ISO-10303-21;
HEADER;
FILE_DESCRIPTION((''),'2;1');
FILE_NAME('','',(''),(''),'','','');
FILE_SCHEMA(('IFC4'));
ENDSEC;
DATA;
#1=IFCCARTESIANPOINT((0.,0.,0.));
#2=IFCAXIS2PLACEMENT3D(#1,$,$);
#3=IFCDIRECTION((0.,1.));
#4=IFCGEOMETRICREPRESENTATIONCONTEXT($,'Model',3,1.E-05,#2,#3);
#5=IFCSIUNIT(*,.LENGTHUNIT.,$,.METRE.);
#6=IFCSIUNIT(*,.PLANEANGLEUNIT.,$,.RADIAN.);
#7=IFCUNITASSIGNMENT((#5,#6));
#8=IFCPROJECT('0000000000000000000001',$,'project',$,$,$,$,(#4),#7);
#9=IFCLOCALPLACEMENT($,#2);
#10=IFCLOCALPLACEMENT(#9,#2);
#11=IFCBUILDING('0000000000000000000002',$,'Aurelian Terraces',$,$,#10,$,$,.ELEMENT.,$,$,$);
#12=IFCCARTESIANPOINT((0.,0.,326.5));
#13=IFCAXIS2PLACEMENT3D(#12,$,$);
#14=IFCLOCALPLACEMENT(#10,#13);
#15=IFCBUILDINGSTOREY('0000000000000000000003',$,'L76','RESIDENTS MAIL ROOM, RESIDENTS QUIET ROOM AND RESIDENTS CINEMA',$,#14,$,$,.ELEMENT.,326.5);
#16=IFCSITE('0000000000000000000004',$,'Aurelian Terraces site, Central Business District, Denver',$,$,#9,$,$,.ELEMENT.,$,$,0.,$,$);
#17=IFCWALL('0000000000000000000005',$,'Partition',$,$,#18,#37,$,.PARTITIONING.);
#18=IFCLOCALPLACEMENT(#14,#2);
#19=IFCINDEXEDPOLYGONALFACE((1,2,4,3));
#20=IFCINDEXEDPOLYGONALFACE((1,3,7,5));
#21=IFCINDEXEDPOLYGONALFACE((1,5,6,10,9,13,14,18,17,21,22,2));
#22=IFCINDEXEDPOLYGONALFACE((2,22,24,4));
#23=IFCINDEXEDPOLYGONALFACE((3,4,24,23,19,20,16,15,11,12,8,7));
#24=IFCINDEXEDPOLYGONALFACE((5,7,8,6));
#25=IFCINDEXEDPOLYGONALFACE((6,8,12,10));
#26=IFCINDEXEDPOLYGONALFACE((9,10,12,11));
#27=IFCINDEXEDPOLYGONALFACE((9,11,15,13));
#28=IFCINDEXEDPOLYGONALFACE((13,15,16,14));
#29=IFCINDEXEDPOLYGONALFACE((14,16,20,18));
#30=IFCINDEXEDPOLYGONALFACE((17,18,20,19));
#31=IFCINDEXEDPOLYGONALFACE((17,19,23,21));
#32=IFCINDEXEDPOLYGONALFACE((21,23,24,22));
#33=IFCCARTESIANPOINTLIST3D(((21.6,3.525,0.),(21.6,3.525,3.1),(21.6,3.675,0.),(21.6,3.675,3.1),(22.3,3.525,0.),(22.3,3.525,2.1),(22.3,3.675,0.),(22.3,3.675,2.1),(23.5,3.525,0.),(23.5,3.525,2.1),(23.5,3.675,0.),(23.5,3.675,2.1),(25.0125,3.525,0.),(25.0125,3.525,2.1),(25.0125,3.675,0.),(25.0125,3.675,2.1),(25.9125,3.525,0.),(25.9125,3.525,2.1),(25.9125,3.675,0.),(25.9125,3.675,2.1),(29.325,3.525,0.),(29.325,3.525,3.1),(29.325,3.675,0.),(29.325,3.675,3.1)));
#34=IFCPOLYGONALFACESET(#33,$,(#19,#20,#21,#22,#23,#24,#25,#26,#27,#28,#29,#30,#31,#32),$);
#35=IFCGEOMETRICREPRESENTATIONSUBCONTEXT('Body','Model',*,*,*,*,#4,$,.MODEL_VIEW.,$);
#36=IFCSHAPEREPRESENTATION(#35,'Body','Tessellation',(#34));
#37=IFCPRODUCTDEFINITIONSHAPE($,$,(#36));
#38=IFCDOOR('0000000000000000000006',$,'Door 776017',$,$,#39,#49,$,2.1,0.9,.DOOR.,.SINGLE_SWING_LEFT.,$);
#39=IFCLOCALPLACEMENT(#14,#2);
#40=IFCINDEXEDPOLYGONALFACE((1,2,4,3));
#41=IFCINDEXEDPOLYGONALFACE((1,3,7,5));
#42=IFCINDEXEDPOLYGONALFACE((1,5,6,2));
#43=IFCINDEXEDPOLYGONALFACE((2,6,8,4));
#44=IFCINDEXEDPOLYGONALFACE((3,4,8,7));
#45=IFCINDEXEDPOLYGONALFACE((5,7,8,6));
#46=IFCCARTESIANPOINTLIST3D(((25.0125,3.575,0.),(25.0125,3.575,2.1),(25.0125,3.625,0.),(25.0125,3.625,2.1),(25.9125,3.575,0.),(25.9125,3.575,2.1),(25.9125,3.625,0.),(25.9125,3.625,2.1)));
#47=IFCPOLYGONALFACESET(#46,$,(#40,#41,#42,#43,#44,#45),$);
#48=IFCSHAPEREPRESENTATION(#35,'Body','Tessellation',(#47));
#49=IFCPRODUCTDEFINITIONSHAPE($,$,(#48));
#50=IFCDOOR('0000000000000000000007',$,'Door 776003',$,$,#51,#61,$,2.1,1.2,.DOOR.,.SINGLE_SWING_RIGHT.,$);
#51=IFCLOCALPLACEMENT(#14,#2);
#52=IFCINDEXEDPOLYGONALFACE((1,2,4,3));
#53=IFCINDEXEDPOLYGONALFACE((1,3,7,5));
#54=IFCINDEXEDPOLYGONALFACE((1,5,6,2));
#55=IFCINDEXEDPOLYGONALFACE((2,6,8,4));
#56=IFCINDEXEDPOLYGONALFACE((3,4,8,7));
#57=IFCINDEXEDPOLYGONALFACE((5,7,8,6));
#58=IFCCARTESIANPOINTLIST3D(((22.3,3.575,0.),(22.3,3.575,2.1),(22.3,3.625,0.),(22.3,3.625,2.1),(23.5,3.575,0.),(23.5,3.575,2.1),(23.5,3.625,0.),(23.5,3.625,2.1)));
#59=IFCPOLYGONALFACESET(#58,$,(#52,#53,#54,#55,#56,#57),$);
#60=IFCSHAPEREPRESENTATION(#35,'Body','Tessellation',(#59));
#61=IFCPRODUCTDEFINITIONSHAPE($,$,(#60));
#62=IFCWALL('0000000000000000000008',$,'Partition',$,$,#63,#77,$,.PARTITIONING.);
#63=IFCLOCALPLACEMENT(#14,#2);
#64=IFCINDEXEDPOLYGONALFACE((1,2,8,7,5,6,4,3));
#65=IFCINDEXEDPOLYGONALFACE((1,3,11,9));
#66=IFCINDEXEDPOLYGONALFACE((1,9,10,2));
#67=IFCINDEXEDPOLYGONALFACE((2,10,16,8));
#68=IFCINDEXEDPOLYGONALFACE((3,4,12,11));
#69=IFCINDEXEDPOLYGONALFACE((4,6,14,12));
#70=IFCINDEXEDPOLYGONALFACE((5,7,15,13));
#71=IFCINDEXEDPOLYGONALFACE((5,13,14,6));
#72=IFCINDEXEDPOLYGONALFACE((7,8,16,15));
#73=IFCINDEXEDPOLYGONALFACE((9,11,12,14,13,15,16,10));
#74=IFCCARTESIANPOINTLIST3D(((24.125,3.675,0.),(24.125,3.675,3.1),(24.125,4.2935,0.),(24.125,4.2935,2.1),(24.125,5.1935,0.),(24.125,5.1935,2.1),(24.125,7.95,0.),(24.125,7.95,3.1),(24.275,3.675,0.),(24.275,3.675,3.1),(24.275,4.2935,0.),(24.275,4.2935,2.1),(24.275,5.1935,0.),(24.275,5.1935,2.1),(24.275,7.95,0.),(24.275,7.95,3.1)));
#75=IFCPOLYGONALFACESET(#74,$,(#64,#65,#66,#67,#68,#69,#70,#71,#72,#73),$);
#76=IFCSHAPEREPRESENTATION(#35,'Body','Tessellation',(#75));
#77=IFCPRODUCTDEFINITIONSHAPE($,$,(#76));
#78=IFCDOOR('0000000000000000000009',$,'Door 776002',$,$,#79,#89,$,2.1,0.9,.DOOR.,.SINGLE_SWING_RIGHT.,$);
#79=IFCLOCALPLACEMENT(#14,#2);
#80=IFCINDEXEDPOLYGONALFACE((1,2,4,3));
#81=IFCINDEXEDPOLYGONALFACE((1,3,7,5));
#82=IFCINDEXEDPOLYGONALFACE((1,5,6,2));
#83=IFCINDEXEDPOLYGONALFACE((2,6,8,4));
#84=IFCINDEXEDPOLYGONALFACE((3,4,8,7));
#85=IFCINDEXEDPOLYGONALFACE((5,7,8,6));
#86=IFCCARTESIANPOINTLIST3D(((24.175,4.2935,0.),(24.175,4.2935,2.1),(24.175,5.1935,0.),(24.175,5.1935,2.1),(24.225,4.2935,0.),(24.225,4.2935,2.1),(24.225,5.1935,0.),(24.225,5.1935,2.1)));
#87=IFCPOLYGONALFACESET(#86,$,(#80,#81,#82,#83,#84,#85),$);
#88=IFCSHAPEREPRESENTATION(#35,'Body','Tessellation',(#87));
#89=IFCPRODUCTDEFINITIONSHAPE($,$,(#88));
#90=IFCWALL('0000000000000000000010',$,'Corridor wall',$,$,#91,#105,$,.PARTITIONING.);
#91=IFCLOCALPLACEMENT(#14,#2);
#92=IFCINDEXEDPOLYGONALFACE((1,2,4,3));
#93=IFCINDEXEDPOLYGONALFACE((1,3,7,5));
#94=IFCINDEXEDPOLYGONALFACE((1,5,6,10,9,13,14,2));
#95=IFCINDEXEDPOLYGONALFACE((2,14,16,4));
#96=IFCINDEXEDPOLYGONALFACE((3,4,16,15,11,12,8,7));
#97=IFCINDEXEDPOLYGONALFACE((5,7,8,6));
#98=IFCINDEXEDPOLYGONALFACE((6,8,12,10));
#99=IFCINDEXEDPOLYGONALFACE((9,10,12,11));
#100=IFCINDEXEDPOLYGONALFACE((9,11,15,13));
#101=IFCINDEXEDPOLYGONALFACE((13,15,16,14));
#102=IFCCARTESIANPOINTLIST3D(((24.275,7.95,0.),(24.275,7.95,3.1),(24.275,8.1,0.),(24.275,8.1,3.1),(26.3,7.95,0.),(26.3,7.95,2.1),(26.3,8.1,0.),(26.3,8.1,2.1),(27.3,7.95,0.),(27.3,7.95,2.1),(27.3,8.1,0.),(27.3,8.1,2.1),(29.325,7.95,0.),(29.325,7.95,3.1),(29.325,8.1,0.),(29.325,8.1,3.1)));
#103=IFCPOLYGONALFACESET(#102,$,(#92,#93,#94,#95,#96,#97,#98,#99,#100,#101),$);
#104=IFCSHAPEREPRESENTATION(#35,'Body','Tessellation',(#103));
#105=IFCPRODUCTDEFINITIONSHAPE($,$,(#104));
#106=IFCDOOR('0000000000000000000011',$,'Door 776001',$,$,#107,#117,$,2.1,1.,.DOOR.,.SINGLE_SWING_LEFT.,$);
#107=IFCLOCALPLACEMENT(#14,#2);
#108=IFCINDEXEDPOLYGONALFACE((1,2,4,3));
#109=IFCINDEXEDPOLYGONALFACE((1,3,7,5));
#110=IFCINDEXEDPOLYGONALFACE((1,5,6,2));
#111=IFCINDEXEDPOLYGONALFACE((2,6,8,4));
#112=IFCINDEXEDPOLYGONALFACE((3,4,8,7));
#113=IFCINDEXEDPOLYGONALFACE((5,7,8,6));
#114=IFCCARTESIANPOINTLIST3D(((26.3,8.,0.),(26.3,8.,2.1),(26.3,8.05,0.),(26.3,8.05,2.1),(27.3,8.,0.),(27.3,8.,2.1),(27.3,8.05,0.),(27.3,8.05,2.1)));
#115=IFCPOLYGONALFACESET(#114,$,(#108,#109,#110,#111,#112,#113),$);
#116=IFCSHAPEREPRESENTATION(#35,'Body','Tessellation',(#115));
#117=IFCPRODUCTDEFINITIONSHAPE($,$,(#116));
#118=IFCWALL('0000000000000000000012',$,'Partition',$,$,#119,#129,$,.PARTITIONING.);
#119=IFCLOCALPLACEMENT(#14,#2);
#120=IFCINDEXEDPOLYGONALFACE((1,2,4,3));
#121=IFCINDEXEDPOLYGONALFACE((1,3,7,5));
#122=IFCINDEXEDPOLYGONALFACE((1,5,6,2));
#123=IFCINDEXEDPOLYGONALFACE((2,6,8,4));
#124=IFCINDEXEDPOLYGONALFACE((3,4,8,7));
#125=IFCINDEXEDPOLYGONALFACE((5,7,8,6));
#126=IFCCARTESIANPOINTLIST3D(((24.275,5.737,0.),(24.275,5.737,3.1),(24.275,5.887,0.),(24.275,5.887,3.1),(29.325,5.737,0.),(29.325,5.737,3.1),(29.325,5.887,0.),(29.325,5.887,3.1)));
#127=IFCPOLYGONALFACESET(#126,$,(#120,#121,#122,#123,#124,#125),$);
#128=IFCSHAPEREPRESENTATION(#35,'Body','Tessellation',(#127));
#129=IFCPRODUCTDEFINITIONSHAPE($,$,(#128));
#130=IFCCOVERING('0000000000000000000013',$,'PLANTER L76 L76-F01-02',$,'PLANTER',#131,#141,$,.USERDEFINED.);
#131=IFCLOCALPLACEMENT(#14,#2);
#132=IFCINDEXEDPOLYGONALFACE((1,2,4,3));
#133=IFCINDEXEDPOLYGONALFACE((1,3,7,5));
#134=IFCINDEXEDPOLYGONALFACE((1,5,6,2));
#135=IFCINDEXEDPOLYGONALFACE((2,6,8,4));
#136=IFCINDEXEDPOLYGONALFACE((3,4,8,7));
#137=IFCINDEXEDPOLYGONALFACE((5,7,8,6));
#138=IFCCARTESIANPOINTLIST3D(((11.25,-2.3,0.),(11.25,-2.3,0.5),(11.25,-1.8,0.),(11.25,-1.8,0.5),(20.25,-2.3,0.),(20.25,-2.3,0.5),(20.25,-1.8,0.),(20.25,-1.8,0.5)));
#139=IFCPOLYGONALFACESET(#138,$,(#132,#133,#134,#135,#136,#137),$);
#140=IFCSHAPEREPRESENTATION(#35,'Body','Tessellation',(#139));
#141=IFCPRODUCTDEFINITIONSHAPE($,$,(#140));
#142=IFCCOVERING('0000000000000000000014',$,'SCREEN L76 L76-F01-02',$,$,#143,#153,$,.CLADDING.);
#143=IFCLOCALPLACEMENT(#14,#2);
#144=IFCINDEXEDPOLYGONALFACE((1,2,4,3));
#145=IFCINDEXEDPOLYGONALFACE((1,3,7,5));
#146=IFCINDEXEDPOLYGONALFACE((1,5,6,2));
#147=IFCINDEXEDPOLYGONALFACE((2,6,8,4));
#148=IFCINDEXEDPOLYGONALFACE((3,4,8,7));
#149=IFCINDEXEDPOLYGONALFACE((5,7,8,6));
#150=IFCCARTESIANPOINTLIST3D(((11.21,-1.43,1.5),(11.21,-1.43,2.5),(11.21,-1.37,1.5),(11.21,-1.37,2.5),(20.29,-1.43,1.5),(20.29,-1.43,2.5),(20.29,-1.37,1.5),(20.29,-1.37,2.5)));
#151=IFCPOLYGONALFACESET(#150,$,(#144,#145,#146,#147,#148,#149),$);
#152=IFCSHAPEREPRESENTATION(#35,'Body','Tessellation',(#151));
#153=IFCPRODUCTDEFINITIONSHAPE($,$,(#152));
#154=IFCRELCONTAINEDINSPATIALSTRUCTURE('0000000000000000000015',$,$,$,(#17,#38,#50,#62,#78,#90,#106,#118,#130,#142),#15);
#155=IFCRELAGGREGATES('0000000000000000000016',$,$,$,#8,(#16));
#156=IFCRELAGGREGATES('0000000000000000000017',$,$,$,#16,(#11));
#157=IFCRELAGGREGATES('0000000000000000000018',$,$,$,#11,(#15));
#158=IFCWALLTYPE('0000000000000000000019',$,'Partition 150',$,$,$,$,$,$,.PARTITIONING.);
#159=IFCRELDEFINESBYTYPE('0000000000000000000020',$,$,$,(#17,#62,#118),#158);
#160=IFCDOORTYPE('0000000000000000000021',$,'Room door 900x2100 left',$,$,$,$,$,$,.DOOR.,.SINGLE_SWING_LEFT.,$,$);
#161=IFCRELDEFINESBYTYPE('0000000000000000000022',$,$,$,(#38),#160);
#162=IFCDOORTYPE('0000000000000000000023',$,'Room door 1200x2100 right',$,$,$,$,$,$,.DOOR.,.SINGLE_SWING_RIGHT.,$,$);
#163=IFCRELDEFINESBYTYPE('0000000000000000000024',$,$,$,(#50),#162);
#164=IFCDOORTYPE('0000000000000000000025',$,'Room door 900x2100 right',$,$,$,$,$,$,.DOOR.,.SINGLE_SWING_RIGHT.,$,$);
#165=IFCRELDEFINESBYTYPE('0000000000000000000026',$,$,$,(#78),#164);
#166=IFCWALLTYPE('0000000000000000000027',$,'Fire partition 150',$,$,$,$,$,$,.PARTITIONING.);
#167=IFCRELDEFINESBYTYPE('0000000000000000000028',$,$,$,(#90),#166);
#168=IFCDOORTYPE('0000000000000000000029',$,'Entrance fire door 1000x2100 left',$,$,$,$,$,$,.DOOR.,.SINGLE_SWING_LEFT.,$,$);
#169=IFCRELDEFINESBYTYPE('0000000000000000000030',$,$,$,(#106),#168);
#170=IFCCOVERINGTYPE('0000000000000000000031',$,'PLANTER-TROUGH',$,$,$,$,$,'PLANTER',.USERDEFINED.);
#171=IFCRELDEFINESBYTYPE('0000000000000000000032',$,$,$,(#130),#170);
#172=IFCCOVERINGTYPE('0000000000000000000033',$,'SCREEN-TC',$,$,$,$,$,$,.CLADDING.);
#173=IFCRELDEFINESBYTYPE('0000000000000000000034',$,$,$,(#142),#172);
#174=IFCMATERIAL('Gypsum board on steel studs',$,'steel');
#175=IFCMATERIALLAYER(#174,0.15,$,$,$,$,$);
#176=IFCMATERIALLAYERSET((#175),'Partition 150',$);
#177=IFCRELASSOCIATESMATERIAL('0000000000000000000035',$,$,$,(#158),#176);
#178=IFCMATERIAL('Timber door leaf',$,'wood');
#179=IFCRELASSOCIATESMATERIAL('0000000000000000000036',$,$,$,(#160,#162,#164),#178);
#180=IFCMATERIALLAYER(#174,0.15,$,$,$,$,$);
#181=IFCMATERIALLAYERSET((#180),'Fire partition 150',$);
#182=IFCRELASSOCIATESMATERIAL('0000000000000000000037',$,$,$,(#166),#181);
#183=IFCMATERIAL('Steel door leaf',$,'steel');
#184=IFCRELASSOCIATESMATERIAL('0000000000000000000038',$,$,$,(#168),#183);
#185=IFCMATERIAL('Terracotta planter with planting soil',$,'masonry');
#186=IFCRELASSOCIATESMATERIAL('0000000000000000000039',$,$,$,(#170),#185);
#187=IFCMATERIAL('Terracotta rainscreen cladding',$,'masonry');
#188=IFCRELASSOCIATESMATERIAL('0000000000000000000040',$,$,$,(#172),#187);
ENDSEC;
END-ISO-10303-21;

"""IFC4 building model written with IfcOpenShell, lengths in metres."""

from ifc_helpers import new_model, si_unit, direction, frame, frame_2d, origin, origin_2d, place, context, subcontext, project, spatial, rectangle, extrude, source, transform, mapped, material, layer, layer_set, type_object, element, fill, save


model = new_model("IFC4")

# Units and contexts
model_context = context("Model", 3, precision=1e-05, world=origin(), true_north=direction((0.0, 1.0)))
body_context = subcontext(model_context, "Body", "Model", "MODEL_VIEW")
ifc_project = project(units=[si_unit("LENGTHUNIT", "METRE"), si_unit("PLANEANGLEUNIT", "RADIAN")], contexts=[model_context])

# Site, building, storey
site_placement = place(None, origin())
site = spatial("IfcSite", under=ifc_project, at=site_placement, Name="Aurelian Terraces site, Central Business District, Denver", CompositionType="ELEMENT", RefElevation=0.0)
building_placement = place(site_placement, origin())
building = spatial("IfcBuilding", under=site, at=building_placement, Name="Aurelian Terraces", CompositionType="ELEMENT")
storey_placement = place(building_placement, frame((0.0, 0.0, 326.5)))
storey = spatial("IfcBuildingStorey", under=building, at=storey_placement, Name="L76", Description="RESIDENTS MAIL ROOM, RESIDENTS QUIET ROOM AND RESIDENTS CINEMA", CompositionType="ELEMENT", Elevation=326.5)

# Shared definitions
ifc_material_1 = material(Name="Terracotta rainscreen cladding", Category="masonry")

# Shared definitions
ifc_material_2 = material(Name="Steel door leaf", Category="steel")

# Shared definitions
ifc_material_3 = material(Name="Gypsum board on steel studs", Category="steel")

# Wall, openings, doors
ifc_layer_1 = layer(ifc_material_3, 0.15)
ifc_layer_set_1 = layer_set([ifc_layer_1], Name="Partition 150")
wall_type_1 = type_object("IfcWallType", Name="Partition 150", PredefinedType="PARTITIONING", material=ifc_layer_set_1)
shared_shape_1 = source(origin(), body_context, "Body", "SweptSolid", [
    extrude(rectangle(XDim=7.725, YDim=0.15, at=frame_2d((3.8625, 0.0))), origin(), (0.0, 0.0, 1.0), 3.1),
])
wall_1_placement = place(storey_placement, frame((21.6, 3.6, 0.0), z_axis=(0.0, 0.0, 1.0), x_axis=(1.0, 0.0, 0.0)))
wall_1 = element("IfcWall", 1, at=wall_1_placement, inside=storey, type_object=wall_type_1, Name="Partition", PredefinedType="PARTITIONING", context=body_context, shape_type="MappedRepresentation", body=[
    mapped(shared_shape_1, transform((0.0, 0.0, 0.0), scale=1.0)),
])
shared_shape_2 = source(origin(), body_context, "Body", "SweptSolid", [
    extrude(rectangle(XDim=1.2, YDim=2.1, at=frame_2d((0.6, 1.05))), frame((0.0, 0.085, 0.0), z_axis=(0.0, -1.0, 0.0), x_axis=(1.0, 0.0, 0.0)), (0.0, 0.0, 1.0), 0.17),
])
opening_1_placement = place(wall_1_placement, frame((0.7, 0.0, 0.0)))
opening_1 = element("IfcOpeningElement", 2, at=opening_1_placement, cuts=wall_1, PredefinedType="OPENING", context=body_context, shape_type="MappedRepresentation", body=[
    mapped(shared_shape_2, transform((0.0, 0.0, 0.0), scale=1.0)),
])
shared_shape_3 = source(origin(), body_context, "Body", "SweptSolid", [
    extrude(rectangle(XDim=0.9, YDim=2.1, at=frame_2d((0.45, 1.05))), frame((0.0, 0.085, 0.0), z_axis=(0.0, -1.0, 0.0), x_axis=(1.0, 0.0, 0.0)), (0.0, 0.0, 1.0), 0.17),
])
opening_2_placement = place(wall_1_placement, frame((3.4125, 0.0, 0.0)))
opening_2 = element("IfcOpeningElement", 3, at=opening_2_placement, cuts=wall_1, PredefinedType="OPENING", context=body_context, shape_type="MappedRepresentation", body=[
    mapped(shared_shape_3, transform((0.0, 0.0, 0.0), scale=1.0)),
])
ifc_material_4 = material(Name="Timber door leaf", Category="wood")
door_type_1 = type_object("IfcDoorType", Name="Room door 900x2100 left", OperationType="SINGLE_SWING_LEFT", PredefinedType="DOOR", material=ifc_material_4)
shared_shape_4 = source(origin(), body_context, "Body", "SweptSolid", [
    extrude(rectangle(XDim=0.9, YDim=2.1, at=frame_2d((0.45, 1.05))), frame((0.0, 0.025, 0.0), z_axis=(0.0, -1.0, 0.0), x_axis=(1.0, 0.0, 0.0)), (0.0, 0.0, 1.0), 0.05),
])
door_1_placement = place(opening_2_placement, origin())
door_1 = element("IfcDoor", 4, at=door_1_placement, inside=storey, type_object=door_type_1, Name="Door 776017", OperationType="SINGLE_SWING_LEFT", OverallHeight=2.1, OverallWidth=0.9, PredefinedType="DOOR", context=body_context, shape_type="MappedRepresentation", body=[
    mapped(shared_shape_4, transform((0.0, 0.0, 0.0), scale=1.0)),
])
fill(opening_2, door_1)
door_type_2 = type_object("IfcDoorType", Name="Room door 1200x2100 right", OperationType="SINGLE_SWING_RIGHT", PredefinedType="DOOR", material=ifc_material_4)
shared_shape_5 = source(origin(), body_context, "Body", "SweptSolid", [
    extrude(rectangle(XDim=1.2, YDim=2.1, at=frame_2d((0.6, 1.05))), frame((0.0, 0.025, 0.0), z_axis=(0.0, -1.0, 0.0), x_axis=(1.0, 0.0, 0.0)), (0.0, 0.0, 1.0), 0.05),
])
door_2_placement = place(opening_1_placement, origin())
door_2 = element("IfcDoor", 5, at=door_2_placement, inside=storey, type_object=door_type_2, Name="Door 776003", OperationType="SINGLE_SWING_RIGHT", OverallHeight=2.1, OverallWidth=1.2, PredefinedType="DOOR", context=body_context, shape_type="MappedRepresentation", body=[
    mapped(shared_shape_5, transform((0.0, 0.0, 0.0), scale=1.0)),
])
fill(opening_1, door_2)

# Walls, openings, doors
shared_shape_6 = source(origin(), body_context, "Body", "SweptSolid", [
    extrude(rectangle(XDim=4.275, YDim=0.15, at=frame_2d((2.1375, 0.0))), origin(), (0.0, 0.0, 1.0), 3.1),
])
wall_2_placement = place(storey_placement, frame((24.2, 7.95, 0.0), z_axis=(0.0, 0.0, 1.0), x_axis=(0.0, -1.0, 0.0)))
wall_2 = element("IfcWall", 6, at=wall_2_placement, inside=storey, type_object=wall_type_1, Name="Partition", PredefinedType="PARTITIONING", context=body_context, shape_type="MappedRepresentation", body=[
    mapped(shared_shape_6, transform((0.0, 0.0, 0.0), scale=1.0)),
])
opening_3_placement = place(wall_2_placement, frame((2.7565, 0.0, 0.0)))
opening_3 = element("IfcOpeningElement", 7, at=opening_3_placement, cuts=wall_2, PredefinedType="OPENING", context=body_context, shape_type="MappedRepresentation", body=[
    mapped(shared_shape_3, transform((0.0, 0.0, 0.0), scale=1.0)),
])
door_type_3 = type_object("IfcDoorType", Name="Room door 900x2100 right", OperationType="SINGLE_SWING_RIGHT", PredefinedType="DOOR", material=ifc_material_4)
door_3_placement = place(opening_3_placement, origin())
door_3 = element("IfcDoor", 8, at=door_3_placement, inside=storey, type_object=door_type_3, Name="Door 776002", OperationType="SINGLE_SWING_RIGHT", OverallHeight=2.1, OverallWidth=0.9, PredefinedType="DOOR", context=body_context, shape_type="MappedRepresentation", body=[
    mapped(shared_shape_4, transform((0.0, 0.0, 0.0), scale=1.0)),
])
fill(opening_3, door_3)
ifc_layer_2 = layer(ifc_material_3, 0.15)
ifc_layer_set_2 = layer_set([ifc_layer_2], Name="Fire partition 150")
wall_type_2 = type_object("IfcWallType", Name="Fire partition 150", PredefinedType="PARTITIONING", material=ifc_layer_set_2)
shared_shape_7 = source(origin(), body_context, "Body", "SweptSolid", [
    extrude(rectangle(XDim=5.05, YDim=0.15, at=frame_2d((2.525, 0.0))), origin(), (0.0, 0.0, 1.0), 3.1),
])
wall_3_placement = place(storey_placement, frame((29.325, 8.025, 0.0), z_axis=(0.0, 0.0, 1.0), x_axis=(-1.0, 0.0, 0.0)))
wall_3 = element("IfcWall", 9, at=wall_3_placement, inside=storey, type_object=wall_type_2, Name="Corridor wall", PredefinedType="PARTITIONING", context=body_context, shape_type="MappedRepresentation", body=[
    mapped(shared_shape_7, transform((0.0, 0.0, 0.0), scale=1.0)),
])
shared_shape_8 = source(origin(), body_context, "Body", "SweptSolid", [
    extrude(rectangle(XDim=1.0, YDim=2.1, at=frame_2d((0.5, 1.05))), frame((0.0, 0.085, 0.0), z_axis=(0.0, -1.0, 0.0), x_axis=(1.0, 0.0, 0.0)), (0.0, 0.0, 1.0), 0.17),
])
opening_4_placement = place(wall_3_placement, frame((2.025, 0.0, 0.0)))
opening_4 = element("IfcOpeningElement", 10, at=opening_4_placement, cuts=wall_3, PredefinedType="OPENING", context=body_context, shape_type="MappedRepresentation", body=[
    mapped(shared_shape_8, transform((0.0, 0.0, 0.0), scale=1.0)),
])
door_type_4 = type_object("IfcDoorType", Name="Entrance fire door 1000x2100 left", OperationType="SINGLE_SWING_LEFT", PredefinedType="DOOR", material=ifc_material_2)
shared_shape_9 = source(origin(), body_context, "Body", "SweptSolid", [
    extrude(rectangle(XDim=1.0, YDim=2.1, at=frame_2d((0.5, 1.05))), frame((0.0, 0.025, 0.0), z_axis=(0.0, -1.0, 0.0), x_axis=(1.0, 0.0, 0.0)), (0.0, 0.0, 1.0), 0.05),
])
door_4_placement = place(opening_4_placement, origin())
door_4 = element("IfcDoor", 11, at=door_4_placement, inside=storey, type_object=door_type_4, Name="Door 776001", OperationType="SINGLE_SWING_LEFT", OverallHeight=2.1, OverallWidth=1.0, PredefinedType="DOOR", context=body_context, shape_type="MappedRepresentation", body=[
    mapped(shared_shape_9, transform((0.0, 0.0, 0.0), scale=1.0)),
])
fill(opening_4, door_4)

# Wall
wall_4_placement = place(storey_placement, frame((29.325, 5.812, 0.0), z_axis=(0.0, 0.0, 1.0), x_axis=(-1.0, 0.0, 0.0)))
element("IfcWall", 12, at=wall_4_placement, inside=storey, type_object=wall_type_1, Name="Partition", PredefinedType="PARTITIONING", context=body_context, shape_type="MappedRepresentation", body=[
    mapped(shared_shape_7, transform((0.0, 0.0, 0.0), scale=1.0)),
])

# Coverings
ifc_material_5 = material(Name="Terracotta planter with planting soil", Category="masonry")
covering_type_1 = type_object("IfcCoveringType", Name="PLANTER-TROUGH", ElementType="PLANTER", PredefinedType="USERDEFINED", material=ifc_material_5)
covering_1_placement = place(storey_placement, frame((15.75, -2.05, 0.0), z_axis=(0.0, 0.0, 1.0), x_axis=(1.0, 0.0, 0.0)))
element("IfcCovering", 13, at=covering_1_placement, inside=storey, type_object=covering_type_1, Name="PLANTER L76 L76-F01-02", ObjectType="PLANTER", PredefinedType="USERDEFINED", context=body_context, shape_type="SweptSolid", body=[
    extrude(rectangle(XDim=9.0, YDim=0.5, at=origin_2d()), origin(), (0.0, 0.0, 1.0), 0.5),
])
covering_type_2 = type_object("IfcCoveringType", Name="SCREEN-TC", PredefinedType="CLADDING", material=ifc_material_1)
covering_2_placement = place(storey_placement, frame((15.75, -1.4, 1.5), z_axis=(0.0, 0.0, 1.0), x_axis=(1.0, 0.0, 0.0)))
element("IfcCovering", 14, at=covering_2_placement, inside=storey, type_object=covering_type_2, Name="SCREEN L76 L76-F01-02", PredefinedType="CLADDING", context=body_context, shape_type="SweptSolid", body=[
    extrude(rectangle(XDim=9.08, YDim=0.06, at=origin_2d()), origin(), (0.0, 0.0, 1.0), 1.0),
])

save(model, "model.ifc")
